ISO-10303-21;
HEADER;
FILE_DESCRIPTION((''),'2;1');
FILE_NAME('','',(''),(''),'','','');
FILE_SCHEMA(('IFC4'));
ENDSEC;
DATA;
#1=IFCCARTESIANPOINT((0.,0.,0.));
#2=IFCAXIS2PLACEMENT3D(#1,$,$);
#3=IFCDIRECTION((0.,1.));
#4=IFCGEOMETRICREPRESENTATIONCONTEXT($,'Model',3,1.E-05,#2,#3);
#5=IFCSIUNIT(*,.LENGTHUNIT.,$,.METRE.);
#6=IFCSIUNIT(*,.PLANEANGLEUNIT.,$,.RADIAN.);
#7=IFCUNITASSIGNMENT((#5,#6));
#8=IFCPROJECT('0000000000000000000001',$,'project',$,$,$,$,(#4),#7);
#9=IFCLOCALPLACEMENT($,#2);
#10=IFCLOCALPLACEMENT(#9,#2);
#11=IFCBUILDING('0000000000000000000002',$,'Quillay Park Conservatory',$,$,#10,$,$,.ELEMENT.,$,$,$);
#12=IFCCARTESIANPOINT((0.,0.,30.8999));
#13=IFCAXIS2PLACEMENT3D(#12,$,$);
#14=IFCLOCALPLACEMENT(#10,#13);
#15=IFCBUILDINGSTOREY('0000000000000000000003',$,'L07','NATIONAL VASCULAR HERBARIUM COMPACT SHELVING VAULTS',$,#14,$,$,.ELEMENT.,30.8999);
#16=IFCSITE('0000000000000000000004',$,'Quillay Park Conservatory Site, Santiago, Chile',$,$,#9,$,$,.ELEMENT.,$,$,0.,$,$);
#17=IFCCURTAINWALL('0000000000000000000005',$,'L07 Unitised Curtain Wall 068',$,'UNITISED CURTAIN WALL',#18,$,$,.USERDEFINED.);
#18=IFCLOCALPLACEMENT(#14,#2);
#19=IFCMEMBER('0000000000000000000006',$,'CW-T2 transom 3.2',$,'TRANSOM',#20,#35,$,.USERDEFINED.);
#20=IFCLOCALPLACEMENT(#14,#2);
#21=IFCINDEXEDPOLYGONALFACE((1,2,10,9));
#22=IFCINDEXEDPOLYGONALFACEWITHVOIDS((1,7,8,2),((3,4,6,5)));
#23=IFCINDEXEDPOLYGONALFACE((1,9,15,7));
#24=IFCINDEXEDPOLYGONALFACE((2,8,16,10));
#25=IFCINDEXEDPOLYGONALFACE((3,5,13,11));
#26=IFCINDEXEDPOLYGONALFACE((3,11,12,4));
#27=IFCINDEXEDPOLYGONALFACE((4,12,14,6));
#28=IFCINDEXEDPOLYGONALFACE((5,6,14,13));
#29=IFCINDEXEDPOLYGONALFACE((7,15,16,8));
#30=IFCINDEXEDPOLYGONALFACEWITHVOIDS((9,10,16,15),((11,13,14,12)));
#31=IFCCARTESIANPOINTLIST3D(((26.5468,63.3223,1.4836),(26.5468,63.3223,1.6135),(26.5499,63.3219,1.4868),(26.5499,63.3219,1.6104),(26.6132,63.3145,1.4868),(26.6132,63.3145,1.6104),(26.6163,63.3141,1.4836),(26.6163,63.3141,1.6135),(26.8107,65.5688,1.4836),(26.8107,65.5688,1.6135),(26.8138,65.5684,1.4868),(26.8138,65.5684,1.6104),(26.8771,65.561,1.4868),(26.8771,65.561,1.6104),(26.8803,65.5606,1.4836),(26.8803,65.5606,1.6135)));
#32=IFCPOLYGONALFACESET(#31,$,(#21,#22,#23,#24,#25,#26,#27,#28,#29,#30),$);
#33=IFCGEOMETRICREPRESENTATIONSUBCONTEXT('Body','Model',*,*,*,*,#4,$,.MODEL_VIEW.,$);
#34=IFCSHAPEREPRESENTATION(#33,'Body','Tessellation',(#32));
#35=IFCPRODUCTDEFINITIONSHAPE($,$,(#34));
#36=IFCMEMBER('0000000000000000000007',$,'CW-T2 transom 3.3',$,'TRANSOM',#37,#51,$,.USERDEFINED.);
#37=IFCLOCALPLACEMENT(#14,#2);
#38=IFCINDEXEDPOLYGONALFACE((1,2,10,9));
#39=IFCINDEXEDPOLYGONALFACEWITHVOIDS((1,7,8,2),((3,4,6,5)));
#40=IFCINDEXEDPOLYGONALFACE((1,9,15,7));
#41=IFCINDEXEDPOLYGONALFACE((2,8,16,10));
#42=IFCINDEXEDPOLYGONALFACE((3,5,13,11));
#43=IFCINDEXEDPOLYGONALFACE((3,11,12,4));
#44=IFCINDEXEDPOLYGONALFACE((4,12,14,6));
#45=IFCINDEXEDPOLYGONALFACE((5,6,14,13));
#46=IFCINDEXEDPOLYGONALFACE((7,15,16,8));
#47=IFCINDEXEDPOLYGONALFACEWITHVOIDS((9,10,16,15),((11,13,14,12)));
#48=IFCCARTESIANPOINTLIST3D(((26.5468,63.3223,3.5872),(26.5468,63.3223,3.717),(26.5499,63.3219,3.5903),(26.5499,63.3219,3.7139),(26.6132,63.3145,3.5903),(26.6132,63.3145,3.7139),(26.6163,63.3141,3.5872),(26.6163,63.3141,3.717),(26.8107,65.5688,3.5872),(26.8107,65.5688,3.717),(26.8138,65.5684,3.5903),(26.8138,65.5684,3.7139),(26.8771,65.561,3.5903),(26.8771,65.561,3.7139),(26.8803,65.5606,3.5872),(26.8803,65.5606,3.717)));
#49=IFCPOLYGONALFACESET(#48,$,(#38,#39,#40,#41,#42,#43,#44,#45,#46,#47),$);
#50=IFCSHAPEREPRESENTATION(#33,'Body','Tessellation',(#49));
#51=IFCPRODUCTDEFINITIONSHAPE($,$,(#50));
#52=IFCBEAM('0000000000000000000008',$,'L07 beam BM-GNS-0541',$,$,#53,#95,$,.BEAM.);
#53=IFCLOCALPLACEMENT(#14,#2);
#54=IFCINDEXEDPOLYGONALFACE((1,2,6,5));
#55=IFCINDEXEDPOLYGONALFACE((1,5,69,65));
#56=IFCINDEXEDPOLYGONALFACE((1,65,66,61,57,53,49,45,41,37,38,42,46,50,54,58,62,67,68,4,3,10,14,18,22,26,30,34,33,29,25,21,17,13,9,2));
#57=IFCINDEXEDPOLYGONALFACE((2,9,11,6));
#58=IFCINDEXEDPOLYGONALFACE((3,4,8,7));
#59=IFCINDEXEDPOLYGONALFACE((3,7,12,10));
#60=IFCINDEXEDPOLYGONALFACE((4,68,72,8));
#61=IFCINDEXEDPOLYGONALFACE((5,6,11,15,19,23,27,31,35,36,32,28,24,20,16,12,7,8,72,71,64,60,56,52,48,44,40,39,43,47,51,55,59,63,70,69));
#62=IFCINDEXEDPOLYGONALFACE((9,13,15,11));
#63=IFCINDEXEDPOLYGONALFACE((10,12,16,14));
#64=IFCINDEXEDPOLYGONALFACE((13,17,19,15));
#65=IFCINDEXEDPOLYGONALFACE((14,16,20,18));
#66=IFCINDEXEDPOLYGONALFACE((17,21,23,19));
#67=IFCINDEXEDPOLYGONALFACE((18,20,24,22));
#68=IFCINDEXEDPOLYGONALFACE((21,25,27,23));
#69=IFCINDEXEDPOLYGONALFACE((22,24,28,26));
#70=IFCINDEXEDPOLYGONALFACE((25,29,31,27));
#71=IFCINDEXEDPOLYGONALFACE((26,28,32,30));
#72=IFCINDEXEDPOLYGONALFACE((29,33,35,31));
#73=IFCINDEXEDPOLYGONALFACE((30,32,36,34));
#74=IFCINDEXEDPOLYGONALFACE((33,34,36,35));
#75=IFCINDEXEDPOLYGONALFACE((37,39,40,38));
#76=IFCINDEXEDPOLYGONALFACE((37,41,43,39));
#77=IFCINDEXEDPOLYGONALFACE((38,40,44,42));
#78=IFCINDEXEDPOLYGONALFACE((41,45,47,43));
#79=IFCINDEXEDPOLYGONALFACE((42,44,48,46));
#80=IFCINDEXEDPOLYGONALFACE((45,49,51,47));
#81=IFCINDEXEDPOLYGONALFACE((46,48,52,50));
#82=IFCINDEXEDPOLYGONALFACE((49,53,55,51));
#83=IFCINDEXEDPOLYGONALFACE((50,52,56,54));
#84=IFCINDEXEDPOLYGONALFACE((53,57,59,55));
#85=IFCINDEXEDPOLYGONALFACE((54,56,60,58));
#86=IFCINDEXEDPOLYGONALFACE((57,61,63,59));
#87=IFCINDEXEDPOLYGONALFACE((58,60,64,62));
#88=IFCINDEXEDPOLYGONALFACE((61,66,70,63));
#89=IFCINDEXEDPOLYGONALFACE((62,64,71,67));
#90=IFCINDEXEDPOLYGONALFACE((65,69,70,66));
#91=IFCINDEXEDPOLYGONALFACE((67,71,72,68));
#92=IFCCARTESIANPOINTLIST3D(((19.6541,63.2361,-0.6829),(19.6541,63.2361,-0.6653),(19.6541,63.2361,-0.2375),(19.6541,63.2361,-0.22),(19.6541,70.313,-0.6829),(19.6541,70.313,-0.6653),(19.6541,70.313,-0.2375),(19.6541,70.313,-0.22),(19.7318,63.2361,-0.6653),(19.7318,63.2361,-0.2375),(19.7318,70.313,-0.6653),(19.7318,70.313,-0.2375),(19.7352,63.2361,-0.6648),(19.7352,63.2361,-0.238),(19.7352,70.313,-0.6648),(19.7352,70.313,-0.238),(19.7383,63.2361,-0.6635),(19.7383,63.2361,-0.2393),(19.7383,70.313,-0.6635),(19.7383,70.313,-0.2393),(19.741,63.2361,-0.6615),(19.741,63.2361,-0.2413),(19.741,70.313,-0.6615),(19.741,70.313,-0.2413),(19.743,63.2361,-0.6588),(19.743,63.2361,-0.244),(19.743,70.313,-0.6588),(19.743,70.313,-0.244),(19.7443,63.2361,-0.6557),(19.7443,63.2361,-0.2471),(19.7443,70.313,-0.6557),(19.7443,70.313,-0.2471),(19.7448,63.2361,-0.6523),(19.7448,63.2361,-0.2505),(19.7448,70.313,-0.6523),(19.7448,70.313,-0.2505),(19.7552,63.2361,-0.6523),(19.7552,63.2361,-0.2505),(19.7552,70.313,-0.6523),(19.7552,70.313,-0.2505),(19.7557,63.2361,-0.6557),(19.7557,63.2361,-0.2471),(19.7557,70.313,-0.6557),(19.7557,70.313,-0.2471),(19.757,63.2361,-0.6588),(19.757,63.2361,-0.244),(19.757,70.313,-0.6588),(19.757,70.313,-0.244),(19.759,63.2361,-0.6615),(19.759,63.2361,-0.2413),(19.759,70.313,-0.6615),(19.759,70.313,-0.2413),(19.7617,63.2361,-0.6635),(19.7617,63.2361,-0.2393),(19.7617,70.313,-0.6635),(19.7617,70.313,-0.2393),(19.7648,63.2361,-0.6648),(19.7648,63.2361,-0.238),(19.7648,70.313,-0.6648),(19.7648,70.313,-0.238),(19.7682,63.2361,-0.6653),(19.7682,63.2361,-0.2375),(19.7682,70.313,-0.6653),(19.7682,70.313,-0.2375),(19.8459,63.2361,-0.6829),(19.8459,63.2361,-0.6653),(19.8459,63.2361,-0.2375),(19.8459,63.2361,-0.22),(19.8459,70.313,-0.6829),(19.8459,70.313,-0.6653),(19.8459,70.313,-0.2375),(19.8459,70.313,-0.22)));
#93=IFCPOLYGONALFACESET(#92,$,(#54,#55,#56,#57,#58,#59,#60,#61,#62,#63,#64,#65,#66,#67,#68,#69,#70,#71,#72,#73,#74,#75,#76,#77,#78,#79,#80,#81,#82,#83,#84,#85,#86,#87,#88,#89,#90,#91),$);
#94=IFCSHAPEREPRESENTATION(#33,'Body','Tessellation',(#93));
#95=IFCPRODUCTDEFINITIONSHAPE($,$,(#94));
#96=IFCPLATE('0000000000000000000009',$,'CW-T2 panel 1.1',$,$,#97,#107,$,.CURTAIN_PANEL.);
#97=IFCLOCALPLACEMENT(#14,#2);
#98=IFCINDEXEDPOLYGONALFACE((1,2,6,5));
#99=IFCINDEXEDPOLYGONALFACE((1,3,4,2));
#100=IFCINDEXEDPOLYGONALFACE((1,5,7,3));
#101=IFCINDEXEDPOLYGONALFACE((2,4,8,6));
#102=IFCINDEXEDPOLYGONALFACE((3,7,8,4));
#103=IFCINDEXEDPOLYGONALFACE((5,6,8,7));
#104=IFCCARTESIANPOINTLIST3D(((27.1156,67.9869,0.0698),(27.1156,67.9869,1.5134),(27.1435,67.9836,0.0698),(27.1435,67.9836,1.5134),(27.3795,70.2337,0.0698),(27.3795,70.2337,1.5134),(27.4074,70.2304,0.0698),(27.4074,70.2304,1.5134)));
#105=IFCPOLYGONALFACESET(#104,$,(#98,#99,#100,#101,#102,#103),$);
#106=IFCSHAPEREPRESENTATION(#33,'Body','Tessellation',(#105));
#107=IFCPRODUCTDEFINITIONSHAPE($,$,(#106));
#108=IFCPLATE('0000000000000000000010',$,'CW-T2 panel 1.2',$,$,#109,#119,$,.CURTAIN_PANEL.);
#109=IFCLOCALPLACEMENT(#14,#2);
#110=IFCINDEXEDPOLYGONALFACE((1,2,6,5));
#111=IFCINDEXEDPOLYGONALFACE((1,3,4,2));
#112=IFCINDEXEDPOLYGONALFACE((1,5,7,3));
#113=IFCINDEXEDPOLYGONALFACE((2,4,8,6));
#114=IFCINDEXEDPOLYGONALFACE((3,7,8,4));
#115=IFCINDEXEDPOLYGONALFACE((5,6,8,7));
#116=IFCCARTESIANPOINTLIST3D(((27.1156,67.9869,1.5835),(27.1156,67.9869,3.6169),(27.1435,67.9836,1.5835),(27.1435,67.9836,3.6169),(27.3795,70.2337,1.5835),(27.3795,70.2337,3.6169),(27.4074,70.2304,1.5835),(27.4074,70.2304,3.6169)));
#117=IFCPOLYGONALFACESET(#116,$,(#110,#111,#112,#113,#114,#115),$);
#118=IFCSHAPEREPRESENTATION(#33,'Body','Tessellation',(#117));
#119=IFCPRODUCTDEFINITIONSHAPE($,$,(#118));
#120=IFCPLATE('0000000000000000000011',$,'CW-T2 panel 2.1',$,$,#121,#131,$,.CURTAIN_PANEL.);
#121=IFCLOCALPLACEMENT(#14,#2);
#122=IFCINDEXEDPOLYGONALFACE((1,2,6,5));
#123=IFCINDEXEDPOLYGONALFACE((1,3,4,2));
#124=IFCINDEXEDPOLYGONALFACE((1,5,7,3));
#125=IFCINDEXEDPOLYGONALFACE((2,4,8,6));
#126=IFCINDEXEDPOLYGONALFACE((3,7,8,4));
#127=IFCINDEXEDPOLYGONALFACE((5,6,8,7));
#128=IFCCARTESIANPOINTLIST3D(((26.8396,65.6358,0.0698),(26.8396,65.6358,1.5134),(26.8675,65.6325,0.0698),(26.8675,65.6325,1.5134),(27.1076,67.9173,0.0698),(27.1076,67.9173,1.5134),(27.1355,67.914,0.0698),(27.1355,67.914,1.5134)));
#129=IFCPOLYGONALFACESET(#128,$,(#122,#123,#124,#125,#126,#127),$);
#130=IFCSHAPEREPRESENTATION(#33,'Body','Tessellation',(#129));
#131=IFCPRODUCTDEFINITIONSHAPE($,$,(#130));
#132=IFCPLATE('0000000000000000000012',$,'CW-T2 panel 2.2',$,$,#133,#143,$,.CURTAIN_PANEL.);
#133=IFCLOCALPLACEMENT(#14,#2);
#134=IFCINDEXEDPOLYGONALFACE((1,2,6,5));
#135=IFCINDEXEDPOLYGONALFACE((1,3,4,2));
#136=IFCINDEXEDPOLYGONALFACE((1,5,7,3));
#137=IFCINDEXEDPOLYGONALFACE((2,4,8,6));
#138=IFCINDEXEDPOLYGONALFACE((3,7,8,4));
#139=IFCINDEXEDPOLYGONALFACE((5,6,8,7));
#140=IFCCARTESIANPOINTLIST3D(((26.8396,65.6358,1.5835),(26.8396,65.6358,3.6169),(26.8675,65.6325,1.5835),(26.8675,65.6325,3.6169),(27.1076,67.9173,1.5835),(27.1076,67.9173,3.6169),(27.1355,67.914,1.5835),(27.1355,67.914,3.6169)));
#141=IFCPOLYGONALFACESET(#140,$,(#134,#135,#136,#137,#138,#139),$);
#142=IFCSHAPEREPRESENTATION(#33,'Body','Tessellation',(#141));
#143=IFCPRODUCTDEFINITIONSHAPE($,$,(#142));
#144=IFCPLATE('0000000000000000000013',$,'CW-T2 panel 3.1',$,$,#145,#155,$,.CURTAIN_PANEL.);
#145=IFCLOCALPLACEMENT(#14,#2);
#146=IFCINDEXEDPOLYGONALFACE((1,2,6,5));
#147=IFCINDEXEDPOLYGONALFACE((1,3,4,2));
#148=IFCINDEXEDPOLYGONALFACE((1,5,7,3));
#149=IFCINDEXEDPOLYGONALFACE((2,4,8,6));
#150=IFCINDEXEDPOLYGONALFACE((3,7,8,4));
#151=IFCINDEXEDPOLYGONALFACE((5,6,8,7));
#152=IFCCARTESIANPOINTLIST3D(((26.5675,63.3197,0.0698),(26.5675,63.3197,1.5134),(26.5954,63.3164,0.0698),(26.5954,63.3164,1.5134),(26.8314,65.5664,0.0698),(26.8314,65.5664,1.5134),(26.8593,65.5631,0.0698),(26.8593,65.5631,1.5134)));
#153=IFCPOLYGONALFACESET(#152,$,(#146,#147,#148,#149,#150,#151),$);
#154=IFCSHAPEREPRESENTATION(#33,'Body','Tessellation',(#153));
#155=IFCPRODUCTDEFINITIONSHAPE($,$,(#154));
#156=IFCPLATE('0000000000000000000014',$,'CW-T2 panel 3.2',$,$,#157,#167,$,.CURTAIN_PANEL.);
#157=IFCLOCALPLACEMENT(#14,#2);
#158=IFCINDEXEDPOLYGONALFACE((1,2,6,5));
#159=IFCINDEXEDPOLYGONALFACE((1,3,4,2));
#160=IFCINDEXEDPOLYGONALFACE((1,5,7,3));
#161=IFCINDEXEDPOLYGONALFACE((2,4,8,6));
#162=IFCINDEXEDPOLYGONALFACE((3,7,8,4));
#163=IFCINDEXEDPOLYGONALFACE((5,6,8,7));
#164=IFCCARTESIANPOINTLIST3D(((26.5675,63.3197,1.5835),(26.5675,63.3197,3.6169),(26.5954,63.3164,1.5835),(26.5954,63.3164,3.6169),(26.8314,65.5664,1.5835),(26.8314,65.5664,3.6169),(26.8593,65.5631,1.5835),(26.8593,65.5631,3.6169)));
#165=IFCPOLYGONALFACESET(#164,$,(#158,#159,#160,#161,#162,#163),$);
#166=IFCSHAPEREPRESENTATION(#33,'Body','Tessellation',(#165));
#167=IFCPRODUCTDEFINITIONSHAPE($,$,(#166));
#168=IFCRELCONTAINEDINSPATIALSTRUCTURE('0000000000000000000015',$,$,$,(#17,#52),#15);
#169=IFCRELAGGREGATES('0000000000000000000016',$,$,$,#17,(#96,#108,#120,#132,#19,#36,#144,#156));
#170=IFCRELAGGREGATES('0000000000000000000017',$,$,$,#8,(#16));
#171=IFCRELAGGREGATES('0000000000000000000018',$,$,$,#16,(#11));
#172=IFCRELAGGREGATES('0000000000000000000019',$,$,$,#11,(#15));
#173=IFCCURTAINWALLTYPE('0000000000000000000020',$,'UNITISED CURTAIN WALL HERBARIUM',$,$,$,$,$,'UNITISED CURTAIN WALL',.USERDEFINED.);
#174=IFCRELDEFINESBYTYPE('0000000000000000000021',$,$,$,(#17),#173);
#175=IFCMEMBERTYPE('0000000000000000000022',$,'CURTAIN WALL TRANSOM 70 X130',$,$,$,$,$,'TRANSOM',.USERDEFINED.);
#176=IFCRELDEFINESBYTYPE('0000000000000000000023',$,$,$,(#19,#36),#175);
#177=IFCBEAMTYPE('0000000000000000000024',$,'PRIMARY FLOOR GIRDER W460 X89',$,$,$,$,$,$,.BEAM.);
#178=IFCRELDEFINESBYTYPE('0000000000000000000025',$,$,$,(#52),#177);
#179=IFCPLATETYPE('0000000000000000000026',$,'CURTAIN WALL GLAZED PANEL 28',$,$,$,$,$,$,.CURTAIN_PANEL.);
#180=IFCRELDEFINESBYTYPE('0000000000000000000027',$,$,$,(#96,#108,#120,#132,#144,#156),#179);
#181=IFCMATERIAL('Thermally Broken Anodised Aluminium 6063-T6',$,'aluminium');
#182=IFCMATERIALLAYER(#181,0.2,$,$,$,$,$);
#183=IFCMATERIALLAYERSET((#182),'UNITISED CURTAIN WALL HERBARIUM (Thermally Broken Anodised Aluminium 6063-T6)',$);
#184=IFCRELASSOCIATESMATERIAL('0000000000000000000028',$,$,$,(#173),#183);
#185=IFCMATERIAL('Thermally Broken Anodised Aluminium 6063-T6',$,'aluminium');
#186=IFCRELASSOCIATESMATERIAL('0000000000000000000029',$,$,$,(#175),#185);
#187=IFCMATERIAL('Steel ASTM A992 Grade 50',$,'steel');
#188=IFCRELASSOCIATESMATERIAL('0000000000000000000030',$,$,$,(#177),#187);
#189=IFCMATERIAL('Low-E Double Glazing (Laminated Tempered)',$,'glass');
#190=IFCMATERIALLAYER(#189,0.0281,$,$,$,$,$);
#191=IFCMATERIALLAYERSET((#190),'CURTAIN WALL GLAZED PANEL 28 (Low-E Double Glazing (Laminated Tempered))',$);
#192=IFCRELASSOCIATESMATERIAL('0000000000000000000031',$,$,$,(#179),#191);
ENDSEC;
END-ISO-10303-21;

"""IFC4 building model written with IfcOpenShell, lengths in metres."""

from ifc_helpers import new_model, si_unit, direction, frame, origin, origin_2d, place, context, subcontext, project, spatial, rectangle, hollow_rectangle, i_section, extrude, material, layer, layer_set, material_profile, profile_set, type_object, element, aggregate, save


model = new_model("IFC4")

# Units and contexts
model_context = context("Model", 3, precision=1e-05, world=origin(), true_north=direction((0.0, 1.0)))
body_context = subcontext(model_context, "Body", "Model", "MODEL_VIEW")
ifc_project = project(units=[si_unit("LENGTHUNIT", "METRE"), si_unit("PLANEANGLEUNIT", "RADIAN")], contexts=[model_context])

# Site, building, storey
site_placement = place(None, origin())
site = spatial("IfcSite", under=ifc_project, at=site_placement, Name="Quillay Park Conservatory Site, Santiago, Chile", CompositionType="ELEMENT", RefElevation=0.0)
building_placement = place(site_placement, origin())
building = spatial("IfcBuilding", under=site, at=building_placement, Name="Quillay Park Conservatory", CompositionType="ELEMENT")
storey_placement = place(building_placement, frame((0.0, 0.0, 30.8999)))
storey = spatial("IfcBuildingStorey", under=building, at=storey_placement, Name="L07", Description="NATIONAL VASCULAR HERBARIUM COMPACT SHELVING VAULTS", CompositionType="ELEMENT", Elevation=30.8999)

# Curtain wall, members
ifc_material_1 = material(Name="Thermally Broken Anodised Aluminium 6063-T6", Category="aluminium")
ifc_layer_1 = layer(ifc_material_1, 0.2)
ifc_layer_set_1 = layer_set([ifc_layer_1], Name="UNITISED CURTAIN WALL HERBARIUM (Thermally Broken Anodised Aluminium 6063-T6)")
curtain_wall_type = type_object("IfcCurtainWallType", Name="UNITISED CURTAIN WALL HERBARIUM", ElementType="UNITISED CURTAIN WALL", PredefinedType="USERDEFINED", material=ifc_layer_set_1)
curtain_wall_placement = place(storey_placement, origin())
curtain_wall = element("IfcCurtainWall", 1, at=curtain_wall_placement, inside=storey, type_object=curtain_wall_type, Name="L07 Unitised Curtain Wall 068", ObjectType="UNITISED CURTAIN WALL", PredefinedType="USERDEFINED")
ifc_material_2 = material(Name="Thermally Broken Anodised Aluminium 6063-T6", Category="aluminium")
ifc_material_profile_1 = material_profile(ifc_material_2, hollow_rectangle(XDim=0.0701, YDim=0.1299, WallThickness=0.0032, at=origin_2d()), Name="AL70x130x3.2")
ifc_profile_set_1 = profile_set([ifc_material_profile_1], Name="Thermally Broken Anodised Aluminium 6063-T6")
member_type_1 = type_object("IfcMemberType", Name="CURTAIN WALL TRANSOM 70 X130", ElementType="TRANSOM", PredefinedType="USERDEFINED", material=ifc_profile_set_1)
member_1_placement = place(storey_placement, frame((26.8455, 65.5647, 1.5486), z_axis=(-0.116672, -0.99317, 0.0), x_axis=(0.99317, -0.116672, 0.0)))
member_1 = element("IfcMember", 2, at=member_1_placement, type_object=member_type_1, Name="CW-T2 transom 3.2", ObjectType="TRANSOM", PredefinedType="USERDEFINED", context=body_context, shape_type="SweptSolid", body=[
    extrude(hollow_rectangle(XDim=0.0701, YDim=0.1299, WallThickness=0.0032, at=origin_2d()), origin(), (0.0, 0.0, 1.0), 2.262),
])
member_2_placement = place(storey_placement, frame((26.8455, 65.5647, 3.6521), z_axis=(-0.116672, -0.99317, 0.0), x_axis=(0.99317, -0.116672, 0.0)))
member_2 = element("IfcMember", 3, at=member_2_placement, type_object=member_type_1, Name="CW-T2 transom 3.3", ObjectType="TRANSOM", PredefinedType="USERDEFINED", context=body_context, shape_type="SweptSolid", body=[
    extrude(hollow_rectangle(XDim=0.0701, YDim=0.1299, WallThickness=0.0032, at=origin_2d()), origin(), (0.0, 0.0, 1.0), 2.262),
])

# Beam
ifc_material_3 = material(Name="Steel ASTM A992 Grade 50", Category="steel")
ifc_material_profile_2 = material_profile(ifc_material_3, i_section(OverallWidth=0.1919, OverallDepth=0.4629, WebThickness=0.0105, FlangeThickness=0.0176, FilletRadius=0.0129, at=origin_2d()), Name="W460x89")
ifc_profile_set_2 = profile_set([ifc_material_profile_2], Name="Steel ASTM A992 Grade 50")
beam_type_1 = type_object("IfcBeamType", Name="PRIMARY FLOOR GIRDER W460 X89", PredefinedType="BEAM", material=ifc_profile_set_2)
beam_1_placement = place(storey_placement, frame((19.75, 63.2361, -0.4514), z_axis=(0.0, 1.0, 0.0), x_axis=(-1.0, 0.0, 0.0)))
element("IfcBeam", 4, at=beam_1_placement, inside=storey, type_object=beam_type_1, Name="L07 beam BM-GNS-0541", PredefinedType="BEAM", context=body_context, shape_type="SweptSolid", body=[
    extrude(i_section(OverallWidth=0.1919, OverallDepth=0.4629, WebThickness=0.0105, FlangeThickness=0.0176, FilletRadius=0.0129, at=origin_2d()), origin(), (0.0, 0.0, 1.0), 7.0769),
])

# Plates
ifc_material_4 = material(Name="Low-E Double Glazing (Laminated Tempered)", Category="glass")
ifc_layer_2 = layer(ifc_material_4, 0.0281)
ifc_layer_set_2 = layer_set([ifc_layer_2], Name="CURTAIN WALL GLAZED PANEL 28 (Low-E Double Glazing (Laminated Tempered))")
plate_type = type_object("IfcPlateType", Name="CURTAIN WALL GLAZED PANEL 28", PredefinedType="CURTAIN_PANEL", material=ifc_layer_set_2)
plate_1_placement = place(storey_placement, frame((27.2615, 69.1086, 0.0698), z_axis=(0.0, 0.0, 1.0), x_axis=(-0.116655, -0.993173, 0.0)))
plate_1 = element("IfcPlate", 5, at=plate_1_placement, type_object=plate_type, Name="CW-T2 panel 1.1", PredefinedType="CURTAIN_PANEL", context=body_context, shape_type="SweptSolid", body=[
    extrude(rectangle(XDim=2.2622, YDim=0.0281, at=origin_2d()), origin(), (0.0, 0.0, 1.0), 1.4436),
])
plate_2_placement = place(storey_placement, frame((27.2615, 69.1086, 1.5835), z_axis=(0.0, 0.0, 1.0), x_axis=(-0.116655, -0.993173, 0.0)))
plate_2 = element("IfcPlate", 6, at=plate_2_placement, type_object=plate_type, Name="CW-T2 panel 1.2", PredefinedType="CURTAIN_PANEL", context=body_context, shape_type="SweptSolid", body=[
    extrude(rectangle(XDim=2.2622, YDim=0.0281, at=origin_2d()), origin(), (0.0, 0.0, 1.0), 2.0334),
])
plate_3_placement = place(storey_placement, frame((26.9875, 66.7749, 0.0698), z_axis=(0.0, 0.0, 1.0), x_axis=(-0.116655, -0.993173, 0.0)))
plate_3 = element("IfcPlate", 7, at=plate_3_placement, type_object=plate_type, Name="CW-T2 panel 2.1", PredefinedType="CURTAIN_PANEL", context=body_context, shape_type="SweptSolid", body=[
    extrude(rectangle(XDim=2.2971, YDim=0.0281, at=origin_2d()), origin(), (0.0, 0.0, 1.0), 1.4436),
])
plate_4_placement = place(storey_placement, frame((26.9875, 66.7749, 1.5835), z_axis=(0.0, 0.0, 1.0), x_axis=(-0.116655, -0.993173, 0.0)))
plate_4 = element("IfcPlate", 8, at=plate_4_placement, type_object=plate_type, Name="CW-T2 panel 2.2", PredefinedType="CURTAIN_PANEL", context=body_context, shape_type="SweptSolid", body=[
    extrude(rectangle(XDim=2.2971, YDim=0.0281, at=origin_2d()), origin(), (0.0, 0.0, 1.0), 2.0334),
])
plate_5_placement = place(storey_placement, frame((26.7134, 64.4414, 0.0698), z_axis=(0.0, 0.0, 1.0), x_axis=(-0.116655, -0.993173, 0.0)))
plate_5 = element("IfcPlate", 9, at=plate_5_placement, type_object=plate_type, Name="CW-T2 panel 3.1", PredefinedType="CURTAIN_PANEL", context=body_context, shape_type="SweptSolid", body=[
    extrude(rectangle(XDim=2.2622, YDim=0.0281, at=origin_2d()), origin(), (0.0, 0.0, 1.0), 1.4436),
])
plate_6_placement = place(storey_placement, frame((26.7134, 64.4414, 1.5835), z_axis=(0.0, 0.0, 1.0), x_axis=(-0.116655, -0.993173, 0.0)))
plate_6 = element("IfcPlate", 10, at=plate_6_placement, type_object=plate_type, Name="CW-T2 panel 3.2", PredefinedType="CURTAIN_PANEL", context=body_context, shape_type="SweptSolid", body=[
    extrude(rectangle(XDim=2.2622, YDim=0.0281, at=origin_2d()), origin(), (0.0, 0.0, 1.0), 2.0334),
])
aggregate(curtain_wall, [plate_1, plate_2, plate_3, plate_4, member_1, member_2, plate_5, plate_6])

save(model, "model.ifc")
